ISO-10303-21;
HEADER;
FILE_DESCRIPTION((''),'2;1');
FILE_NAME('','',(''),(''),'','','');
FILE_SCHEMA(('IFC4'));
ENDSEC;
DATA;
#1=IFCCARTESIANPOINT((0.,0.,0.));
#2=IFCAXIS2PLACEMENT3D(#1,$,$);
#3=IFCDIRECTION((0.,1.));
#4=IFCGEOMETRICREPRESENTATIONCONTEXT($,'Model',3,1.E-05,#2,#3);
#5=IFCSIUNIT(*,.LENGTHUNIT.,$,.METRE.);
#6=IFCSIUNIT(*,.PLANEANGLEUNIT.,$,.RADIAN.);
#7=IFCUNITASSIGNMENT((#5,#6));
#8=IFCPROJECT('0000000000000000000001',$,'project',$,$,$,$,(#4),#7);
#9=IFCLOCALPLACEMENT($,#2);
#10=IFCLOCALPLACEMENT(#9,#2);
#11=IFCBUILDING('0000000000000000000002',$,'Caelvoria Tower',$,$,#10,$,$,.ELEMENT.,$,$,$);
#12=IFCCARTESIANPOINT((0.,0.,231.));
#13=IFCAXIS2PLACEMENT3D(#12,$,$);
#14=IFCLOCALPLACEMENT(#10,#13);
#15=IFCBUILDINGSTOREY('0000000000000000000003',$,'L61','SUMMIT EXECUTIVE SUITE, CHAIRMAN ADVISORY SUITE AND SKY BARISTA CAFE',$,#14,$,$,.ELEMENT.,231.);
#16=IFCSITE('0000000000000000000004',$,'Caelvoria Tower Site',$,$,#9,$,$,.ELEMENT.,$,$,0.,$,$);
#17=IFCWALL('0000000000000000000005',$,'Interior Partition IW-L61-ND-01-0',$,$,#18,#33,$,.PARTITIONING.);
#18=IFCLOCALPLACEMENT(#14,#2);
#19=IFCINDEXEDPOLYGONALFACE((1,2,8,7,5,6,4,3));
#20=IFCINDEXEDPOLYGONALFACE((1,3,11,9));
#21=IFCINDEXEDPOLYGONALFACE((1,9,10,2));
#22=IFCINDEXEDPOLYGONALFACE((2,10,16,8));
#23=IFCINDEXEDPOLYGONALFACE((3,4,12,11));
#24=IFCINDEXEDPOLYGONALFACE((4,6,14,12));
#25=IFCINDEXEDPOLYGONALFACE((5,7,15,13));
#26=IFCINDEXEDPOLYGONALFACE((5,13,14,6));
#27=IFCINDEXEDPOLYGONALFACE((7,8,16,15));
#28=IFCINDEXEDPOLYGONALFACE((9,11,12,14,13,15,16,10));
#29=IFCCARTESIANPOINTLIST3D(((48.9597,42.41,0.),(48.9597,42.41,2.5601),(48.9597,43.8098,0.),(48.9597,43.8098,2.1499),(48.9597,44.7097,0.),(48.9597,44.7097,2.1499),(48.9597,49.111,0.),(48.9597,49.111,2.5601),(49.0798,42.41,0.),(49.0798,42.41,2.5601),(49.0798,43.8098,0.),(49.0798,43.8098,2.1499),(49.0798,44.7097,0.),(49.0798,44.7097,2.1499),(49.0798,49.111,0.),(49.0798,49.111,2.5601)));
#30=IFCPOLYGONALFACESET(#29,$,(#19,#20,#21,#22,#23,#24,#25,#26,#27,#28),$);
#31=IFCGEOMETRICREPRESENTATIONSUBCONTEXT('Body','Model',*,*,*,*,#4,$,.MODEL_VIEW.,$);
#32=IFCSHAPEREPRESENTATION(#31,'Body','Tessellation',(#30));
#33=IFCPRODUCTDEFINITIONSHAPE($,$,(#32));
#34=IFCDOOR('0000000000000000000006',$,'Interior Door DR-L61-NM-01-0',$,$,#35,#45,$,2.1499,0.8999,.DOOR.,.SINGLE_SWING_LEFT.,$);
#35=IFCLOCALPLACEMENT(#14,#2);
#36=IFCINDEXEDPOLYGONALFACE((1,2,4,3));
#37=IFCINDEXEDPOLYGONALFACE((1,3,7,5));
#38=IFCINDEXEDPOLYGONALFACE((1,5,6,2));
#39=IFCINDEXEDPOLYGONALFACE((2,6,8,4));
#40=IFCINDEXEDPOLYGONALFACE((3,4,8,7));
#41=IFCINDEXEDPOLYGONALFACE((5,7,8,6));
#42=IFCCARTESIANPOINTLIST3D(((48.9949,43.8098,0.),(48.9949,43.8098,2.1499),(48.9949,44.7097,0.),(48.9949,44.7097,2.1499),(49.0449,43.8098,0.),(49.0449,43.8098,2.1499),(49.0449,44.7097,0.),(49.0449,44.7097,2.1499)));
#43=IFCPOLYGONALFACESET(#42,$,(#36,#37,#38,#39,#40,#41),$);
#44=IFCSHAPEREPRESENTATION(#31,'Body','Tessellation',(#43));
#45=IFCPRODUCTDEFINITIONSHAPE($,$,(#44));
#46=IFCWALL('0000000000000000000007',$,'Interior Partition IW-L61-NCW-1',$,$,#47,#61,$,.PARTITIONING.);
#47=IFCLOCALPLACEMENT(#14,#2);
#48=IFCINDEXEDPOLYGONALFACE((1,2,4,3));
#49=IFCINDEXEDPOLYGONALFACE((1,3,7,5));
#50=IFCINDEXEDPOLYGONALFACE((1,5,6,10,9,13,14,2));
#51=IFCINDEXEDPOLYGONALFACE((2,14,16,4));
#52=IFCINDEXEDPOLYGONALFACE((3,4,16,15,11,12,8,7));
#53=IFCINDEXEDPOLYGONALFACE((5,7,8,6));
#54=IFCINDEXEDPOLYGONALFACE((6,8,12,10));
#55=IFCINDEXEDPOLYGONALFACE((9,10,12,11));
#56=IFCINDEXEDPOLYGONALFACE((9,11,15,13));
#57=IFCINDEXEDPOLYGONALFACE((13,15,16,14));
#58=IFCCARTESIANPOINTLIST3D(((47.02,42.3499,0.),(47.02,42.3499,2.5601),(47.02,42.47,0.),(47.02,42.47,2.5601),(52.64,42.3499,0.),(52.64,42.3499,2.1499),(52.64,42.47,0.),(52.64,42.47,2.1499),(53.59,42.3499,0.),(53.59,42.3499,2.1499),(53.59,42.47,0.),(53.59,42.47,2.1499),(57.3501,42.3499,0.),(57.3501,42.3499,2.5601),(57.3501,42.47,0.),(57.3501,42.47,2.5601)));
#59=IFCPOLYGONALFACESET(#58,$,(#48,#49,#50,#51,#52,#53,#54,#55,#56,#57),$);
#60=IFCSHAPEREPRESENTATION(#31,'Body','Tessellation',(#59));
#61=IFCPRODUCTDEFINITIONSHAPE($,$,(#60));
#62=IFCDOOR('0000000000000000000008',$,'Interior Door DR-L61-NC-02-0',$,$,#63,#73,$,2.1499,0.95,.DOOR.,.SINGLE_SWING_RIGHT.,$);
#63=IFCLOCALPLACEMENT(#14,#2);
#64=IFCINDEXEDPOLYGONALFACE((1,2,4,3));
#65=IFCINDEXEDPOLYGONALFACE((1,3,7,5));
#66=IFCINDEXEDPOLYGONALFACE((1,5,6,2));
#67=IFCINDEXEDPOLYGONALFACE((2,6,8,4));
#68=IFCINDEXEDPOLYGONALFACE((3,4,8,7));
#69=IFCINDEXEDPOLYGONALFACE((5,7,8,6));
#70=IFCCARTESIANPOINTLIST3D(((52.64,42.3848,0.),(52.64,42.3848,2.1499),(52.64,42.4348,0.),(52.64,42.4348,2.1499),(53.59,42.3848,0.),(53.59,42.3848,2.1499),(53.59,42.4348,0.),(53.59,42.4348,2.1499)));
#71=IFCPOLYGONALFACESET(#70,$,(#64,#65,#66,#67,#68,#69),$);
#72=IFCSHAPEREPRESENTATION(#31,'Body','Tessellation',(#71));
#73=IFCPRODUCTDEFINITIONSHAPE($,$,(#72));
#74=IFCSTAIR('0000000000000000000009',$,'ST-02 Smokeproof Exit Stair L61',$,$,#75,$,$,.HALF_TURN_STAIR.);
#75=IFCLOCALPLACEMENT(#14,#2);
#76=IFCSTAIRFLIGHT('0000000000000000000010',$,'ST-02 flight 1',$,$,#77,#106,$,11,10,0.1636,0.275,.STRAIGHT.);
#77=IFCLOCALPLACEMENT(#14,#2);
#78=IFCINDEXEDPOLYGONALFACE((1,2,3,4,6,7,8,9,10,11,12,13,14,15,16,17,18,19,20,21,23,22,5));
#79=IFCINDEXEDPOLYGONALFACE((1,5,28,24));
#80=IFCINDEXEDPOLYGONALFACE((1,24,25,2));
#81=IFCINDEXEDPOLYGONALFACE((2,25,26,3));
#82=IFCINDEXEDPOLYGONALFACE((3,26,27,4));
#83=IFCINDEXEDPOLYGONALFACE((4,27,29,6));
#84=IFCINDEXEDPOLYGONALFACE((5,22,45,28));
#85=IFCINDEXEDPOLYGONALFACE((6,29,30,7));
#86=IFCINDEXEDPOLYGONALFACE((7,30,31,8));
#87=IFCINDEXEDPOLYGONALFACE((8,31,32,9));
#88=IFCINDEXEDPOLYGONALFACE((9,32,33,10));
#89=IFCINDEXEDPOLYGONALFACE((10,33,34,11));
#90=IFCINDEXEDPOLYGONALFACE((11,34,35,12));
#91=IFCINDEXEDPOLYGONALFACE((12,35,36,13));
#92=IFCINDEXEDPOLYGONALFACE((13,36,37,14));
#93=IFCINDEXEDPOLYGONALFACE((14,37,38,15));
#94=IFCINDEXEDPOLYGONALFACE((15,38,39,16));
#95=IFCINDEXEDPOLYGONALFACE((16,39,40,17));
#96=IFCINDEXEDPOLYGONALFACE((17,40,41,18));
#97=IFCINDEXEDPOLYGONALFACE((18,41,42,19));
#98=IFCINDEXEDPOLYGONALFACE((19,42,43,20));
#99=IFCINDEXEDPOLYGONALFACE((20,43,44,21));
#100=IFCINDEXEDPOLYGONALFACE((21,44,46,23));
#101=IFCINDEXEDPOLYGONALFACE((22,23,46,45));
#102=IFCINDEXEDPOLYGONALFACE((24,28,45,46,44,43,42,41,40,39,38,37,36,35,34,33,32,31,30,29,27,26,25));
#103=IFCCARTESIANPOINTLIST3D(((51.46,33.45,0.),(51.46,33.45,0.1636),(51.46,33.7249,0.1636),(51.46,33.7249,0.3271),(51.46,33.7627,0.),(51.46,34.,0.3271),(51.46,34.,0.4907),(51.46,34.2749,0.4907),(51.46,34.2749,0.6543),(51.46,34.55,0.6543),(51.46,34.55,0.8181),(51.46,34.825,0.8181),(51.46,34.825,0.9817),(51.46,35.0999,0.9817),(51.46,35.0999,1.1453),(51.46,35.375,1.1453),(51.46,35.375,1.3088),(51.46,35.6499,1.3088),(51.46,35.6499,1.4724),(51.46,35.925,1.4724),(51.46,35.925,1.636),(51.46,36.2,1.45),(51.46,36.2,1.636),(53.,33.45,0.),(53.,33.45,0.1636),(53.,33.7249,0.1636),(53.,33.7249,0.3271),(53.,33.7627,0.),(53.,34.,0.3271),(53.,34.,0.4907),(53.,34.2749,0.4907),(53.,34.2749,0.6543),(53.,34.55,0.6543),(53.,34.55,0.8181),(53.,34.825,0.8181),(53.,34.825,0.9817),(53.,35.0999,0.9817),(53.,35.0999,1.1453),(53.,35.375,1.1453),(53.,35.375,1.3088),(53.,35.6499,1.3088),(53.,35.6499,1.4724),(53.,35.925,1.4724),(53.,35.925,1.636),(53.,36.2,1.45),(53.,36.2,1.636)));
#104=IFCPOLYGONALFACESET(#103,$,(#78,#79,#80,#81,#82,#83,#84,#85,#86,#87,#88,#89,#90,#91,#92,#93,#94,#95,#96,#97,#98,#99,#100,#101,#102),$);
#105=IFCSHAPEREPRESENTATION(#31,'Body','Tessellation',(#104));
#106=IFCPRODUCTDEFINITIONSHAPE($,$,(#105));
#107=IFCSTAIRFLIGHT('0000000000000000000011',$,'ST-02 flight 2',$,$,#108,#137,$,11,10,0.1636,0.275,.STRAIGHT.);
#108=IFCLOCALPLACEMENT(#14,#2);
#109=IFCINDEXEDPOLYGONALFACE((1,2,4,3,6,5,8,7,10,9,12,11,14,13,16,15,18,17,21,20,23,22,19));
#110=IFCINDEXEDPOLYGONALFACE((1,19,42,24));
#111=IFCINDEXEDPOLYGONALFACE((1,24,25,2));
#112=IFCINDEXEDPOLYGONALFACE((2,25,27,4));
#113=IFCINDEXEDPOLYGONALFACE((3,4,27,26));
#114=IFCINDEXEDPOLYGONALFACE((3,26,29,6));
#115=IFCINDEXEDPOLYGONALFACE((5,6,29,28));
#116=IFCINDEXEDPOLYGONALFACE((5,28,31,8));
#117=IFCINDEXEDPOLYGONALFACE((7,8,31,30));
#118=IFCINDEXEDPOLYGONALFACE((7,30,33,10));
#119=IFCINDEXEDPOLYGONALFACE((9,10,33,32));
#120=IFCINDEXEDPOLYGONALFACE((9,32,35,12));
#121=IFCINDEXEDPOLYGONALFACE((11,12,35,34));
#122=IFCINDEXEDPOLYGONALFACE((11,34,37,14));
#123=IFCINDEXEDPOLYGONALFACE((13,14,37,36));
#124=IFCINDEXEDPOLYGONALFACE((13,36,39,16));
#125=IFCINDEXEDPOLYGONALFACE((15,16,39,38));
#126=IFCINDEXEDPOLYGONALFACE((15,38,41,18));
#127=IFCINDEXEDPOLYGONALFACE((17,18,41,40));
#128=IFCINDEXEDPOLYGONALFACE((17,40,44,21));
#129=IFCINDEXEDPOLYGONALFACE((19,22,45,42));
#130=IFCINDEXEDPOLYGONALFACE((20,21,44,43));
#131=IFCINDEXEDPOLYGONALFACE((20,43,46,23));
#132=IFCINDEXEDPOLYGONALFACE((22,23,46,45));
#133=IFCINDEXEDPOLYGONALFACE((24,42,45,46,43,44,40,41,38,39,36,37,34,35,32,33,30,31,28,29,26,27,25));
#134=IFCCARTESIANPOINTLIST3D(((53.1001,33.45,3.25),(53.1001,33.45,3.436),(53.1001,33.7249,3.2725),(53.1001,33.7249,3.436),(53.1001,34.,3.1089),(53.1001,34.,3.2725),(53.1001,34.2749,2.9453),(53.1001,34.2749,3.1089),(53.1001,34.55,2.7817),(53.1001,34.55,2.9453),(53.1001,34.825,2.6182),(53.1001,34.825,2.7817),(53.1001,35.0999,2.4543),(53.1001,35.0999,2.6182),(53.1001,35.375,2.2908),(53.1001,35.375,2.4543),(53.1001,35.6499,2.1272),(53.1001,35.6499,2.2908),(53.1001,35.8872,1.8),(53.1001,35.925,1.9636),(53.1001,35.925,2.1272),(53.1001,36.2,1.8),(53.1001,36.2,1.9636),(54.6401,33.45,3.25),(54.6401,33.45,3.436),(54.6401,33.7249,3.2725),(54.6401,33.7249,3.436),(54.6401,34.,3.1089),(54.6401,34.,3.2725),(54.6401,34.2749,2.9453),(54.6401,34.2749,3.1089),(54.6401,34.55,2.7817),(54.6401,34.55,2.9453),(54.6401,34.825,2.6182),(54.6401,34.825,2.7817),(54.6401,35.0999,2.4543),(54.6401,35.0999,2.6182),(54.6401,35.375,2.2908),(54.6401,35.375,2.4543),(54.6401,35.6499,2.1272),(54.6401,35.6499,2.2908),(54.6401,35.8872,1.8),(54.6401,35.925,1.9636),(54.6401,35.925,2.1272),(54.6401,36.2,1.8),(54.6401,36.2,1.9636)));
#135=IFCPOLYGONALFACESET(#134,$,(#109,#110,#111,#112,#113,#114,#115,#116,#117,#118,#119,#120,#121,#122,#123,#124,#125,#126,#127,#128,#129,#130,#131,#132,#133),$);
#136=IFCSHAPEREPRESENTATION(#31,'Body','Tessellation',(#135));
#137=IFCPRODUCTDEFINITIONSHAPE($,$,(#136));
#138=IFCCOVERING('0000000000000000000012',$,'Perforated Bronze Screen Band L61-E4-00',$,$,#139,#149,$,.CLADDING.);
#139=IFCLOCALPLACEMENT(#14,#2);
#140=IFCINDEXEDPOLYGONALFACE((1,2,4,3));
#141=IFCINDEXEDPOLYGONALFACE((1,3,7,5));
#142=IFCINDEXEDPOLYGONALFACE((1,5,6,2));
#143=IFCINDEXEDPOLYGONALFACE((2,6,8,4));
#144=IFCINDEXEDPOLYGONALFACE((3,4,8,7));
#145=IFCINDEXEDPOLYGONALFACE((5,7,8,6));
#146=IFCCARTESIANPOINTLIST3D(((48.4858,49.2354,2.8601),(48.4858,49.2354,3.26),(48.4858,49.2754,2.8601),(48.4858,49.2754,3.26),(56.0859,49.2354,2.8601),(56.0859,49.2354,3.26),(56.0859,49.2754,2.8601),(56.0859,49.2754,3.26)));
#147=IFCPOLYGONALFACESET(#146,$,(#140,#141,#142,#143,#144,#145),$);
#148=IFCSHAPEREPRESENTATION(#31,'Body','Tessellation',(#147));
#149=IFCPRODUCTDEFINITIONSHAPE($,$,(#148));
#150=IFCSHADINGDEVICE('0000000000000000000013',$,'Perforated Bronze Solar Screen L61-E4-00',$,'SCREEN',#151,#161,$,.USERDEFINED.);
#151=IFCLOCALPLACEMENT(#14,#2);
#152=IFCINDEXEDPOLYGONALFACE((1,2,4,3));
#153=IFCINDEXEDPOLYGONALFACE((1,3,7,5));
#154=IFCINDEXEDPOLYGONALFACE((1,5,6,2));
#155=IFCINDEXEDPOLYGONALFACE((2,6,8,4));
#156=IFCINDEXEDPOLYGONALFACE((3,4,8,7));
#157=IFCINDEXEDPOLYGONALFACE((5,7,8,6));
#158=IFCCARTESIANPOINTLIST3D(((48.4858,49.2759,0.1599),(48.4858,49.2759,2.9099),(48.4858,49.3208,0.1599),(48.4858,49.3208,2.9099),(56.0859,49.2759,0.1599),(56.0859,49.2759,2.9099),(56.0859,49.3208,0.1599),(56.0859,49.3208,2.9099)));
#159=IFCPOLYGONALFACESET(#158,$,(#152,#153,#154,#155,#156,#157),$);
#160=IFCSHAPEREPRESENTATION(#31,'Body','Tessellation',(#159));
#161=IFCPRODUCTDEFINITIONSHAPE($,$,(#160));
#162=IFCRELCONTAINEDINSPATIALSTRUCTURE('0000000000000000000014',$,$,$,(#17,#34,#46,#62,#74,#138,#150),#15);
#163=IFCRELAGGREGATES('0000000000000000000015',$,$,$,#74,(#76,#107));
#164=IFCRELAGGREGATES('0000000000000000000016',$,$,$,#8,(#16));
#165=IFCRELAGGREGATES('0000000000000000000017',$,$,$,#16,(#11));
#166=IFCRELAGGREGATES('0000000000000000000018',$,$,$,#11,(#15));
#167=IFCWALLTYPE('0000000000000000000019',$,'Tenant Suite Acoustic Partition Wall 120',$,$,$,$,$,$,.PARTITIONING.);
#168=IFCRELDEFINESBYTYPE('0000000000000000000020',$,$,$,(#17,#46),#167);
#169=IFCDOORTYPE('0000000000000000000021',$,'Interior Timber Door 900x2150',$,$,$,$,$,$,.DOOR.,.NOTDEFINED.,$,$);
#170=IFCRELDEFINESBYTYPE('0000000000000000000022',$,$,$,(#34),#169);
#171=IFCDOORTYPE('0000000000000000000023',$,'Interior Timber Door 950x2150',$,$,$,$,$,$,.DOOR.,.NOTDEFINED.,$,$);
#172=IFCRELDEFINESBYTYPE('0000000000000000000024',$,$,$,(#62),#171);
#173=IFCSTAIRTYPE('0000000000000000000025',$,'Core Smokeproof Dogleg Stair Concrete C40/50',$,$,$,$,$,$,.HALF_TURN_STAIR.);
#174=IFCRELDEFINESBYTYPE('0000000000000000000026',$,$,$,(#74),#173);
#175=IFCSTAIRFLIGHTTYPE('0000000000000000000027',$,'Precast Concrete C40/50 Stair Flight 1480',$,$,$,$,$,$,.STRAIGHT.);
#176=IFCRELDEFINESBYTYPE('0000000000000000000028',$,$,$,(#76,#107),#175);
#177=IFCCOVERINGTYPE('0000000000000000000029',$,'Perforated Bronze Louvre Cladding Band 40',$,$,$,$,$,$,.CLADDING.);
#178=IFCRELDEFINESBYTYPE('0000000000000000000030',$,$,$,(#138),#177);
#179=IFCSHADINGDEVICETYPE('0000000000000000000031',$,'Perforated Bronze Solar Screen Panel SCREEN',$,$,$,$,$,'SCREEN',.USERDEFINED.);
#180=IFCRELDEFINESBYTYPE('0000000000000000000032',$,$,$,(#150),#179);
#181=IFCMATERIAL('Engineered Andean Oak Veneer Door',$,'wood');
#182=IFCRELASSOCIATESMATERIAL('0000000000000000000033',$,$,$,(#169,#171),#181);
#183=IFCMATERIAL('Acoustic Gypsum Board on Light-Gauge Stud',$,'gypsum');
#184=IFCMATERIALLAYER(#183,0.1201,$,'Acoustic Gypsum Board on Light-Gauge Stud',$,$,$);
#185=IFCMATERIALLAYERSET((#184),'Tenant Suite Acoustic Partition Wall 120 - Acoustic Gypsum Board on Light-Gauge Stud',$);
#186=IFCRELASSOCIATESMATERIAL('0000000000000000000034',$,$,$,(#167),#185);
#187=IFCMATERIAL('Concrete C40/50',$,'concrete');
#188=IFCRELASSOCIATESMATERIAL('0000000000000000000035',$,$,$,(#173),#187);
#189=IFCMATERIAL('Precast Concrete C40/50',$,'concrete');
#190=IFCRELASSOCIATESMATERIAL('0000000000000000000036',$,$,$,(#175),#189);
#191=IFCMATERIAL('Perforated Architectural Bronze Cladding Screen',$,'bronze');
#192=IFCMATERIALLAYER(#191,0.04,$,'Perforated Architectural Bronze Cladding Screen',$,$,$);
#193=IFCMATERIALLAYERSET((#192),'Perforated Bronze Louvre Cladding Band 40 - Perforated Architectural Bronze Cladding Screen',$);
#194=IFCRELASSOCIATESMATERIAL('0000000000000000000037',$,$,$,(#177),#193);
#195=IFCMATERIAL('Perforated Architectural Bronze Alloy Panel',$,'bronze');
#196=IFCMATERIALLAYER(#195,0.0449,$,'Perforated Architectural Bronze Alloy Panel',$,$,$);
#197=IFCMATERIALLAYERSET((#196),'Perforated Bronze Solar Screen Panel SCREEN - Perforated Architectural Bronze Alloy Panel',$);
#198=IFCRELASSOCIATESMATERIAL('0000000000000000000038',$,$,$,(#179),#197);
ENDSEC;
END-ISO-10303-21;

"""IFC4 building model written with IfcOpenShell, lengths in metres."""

from ifc_helpers import new_model, si_unit, direction, frame, frame_2d, origin, origin_2d, place, context, subcontext, project, spatial, polyline, rectangle, outline, extrude, material, layer, layer_set, type_object, element, fill, aggregate, save


model = new_model("IFC4")

# Units and contexts
model_context = context("Model", 3, precision=1e-05, world=origin(), true_north=direction((0.0, 1.0)))
body_context = subcontext(model_context, "Body", "Model", "MODEL_VIEW")
ifc_project = project(units=[si_unit("LENGTHUNIT", "METRE"), si_unit("PLANEANGLEUNIT", "RADIAN")], contexts=[model_context])

# Site, building, storey
site_placement = place(None, origin())
site = spatial("IfcSite", under=ifc_project, at=site_placement, Name="Caelvoria Tower Site", CompositionType="ELEMENT", RefElevation=0.0)
building_placement = place(site_placement, origin())
building = spatial("IfcBuilding", under=site, at=building_placement, Name="Caelvoria Tower", CompositionType="ELEMENT")
storey_placement = place(building_placement, frame((0.0, 0.0, 231.0)))
storey = spatial("IfcBuildingStorey", under=building, at=storey_placement, Name="L61", Description="SUMMIT EXECUTIVE SUITE, CHAIRMAN ADVISORY SUITE AND SKY BARISTA CAFE", CompositionType="ELEMENT", Elevation=231.0)

# Walls, openings, doors
ifc_material_1 = material(Name="Engineered Andean Oak Veneer Door", Category="wood")
door_type_1 = type_object("IfcDoorType", Name="Interior Timber Door 900x2150", OperationType="NOTDEFINED", PredefinedType="DOOR", material=ifc_material_1)
ifc_material_2 = material(Name="Acoustic Gypsum Board on Light-Gauge Stud", Category="gypsum")
ifc_layer_1 = layer(ifc_material_2, 0.1201, Name="Acoustic Gypsum Board on Light-Gauge Stud")
ifc_layer_set_1 = layer_set([ifc_layer_1], Name="Tenant Suite Acoustic Partition Wall 120 - Acoustic Gypsum Board on Light-Gauge Stud")
wall_type_1 = type_object("IfcWallType", Name="Tenant Suite Acoustic Partition Wall 120", PredefinedType="PARTITIONING", material=ifc_layer_set_1)
wall_1_placement = place(storey_placement, frame((49.0198, 42.4099, 0.0), z_axis=(0.0, 0.0, 1.0), x_axis=(0.0, 1.0, 0.0)))
wall_1 = element("IfcWall", 1, at=wall_1_placement, inside=storey, type_object=wall_type_1, Name="Interior Partition IW-L61-ND-01-0", PredefinedType="PARTITIONING", context=body_context, shape_type="SweptSolid", body=[
    extrude(rectangle(XDim=6.7009, YDim=0.1201, at=frame_2d((3.3506, 0.0))), origin(), (0.0, 0.0, 1.0), 2.5601),
])
opening_1_placement = place(wall_1_placement, frame((1.3999, 0.0, 0.0)))
opening_1 = element("IfcOpeningElement", 2, at=opening_1_placement, cuts=wall_1, PredefinedType="OPENING", context=body_context, shape_type="SweptSolid", body=[
    extrude(rectangle(XDim=0.8999, YDim=2.1499, at=frame_2d((0.45, 1.075))), frame((0.0, 0.0701, 0.0), z_axis=(0.0, -1.0, 0.0), x_axis=(1.0, 0.0, 0.0)), (0.0, 0.0, 1.0), 0.1401),
])
door_1_placement = place(opening_1_placement, origin())
door_1 = element("IfcDoor", 3, at=door_1_placement, inside=storey, type_object=door_type_1, Name="Interior Door DR-L61-NM-01-0", OperationType="SINGLE_SWING_LEFT", OverallHeight=2.1499, OverallWidth=0.8999, PredefinedType="DOOR", context=body_context, shape_type="SweptSolid", body=[
    extrude(rectangle(XDim=0.8999, YDim=2.1499, at=frame_2d((0.45, 1.075))), frame((0.0, 0.0249, 0.0), z_axis=(0.0, -1.0, 0.0), x_axis=(1.0, 0.0, 0.0)), (0.0, 0.0, 1.0), 0.05),
])
fill(opening_1, door_1)
wall_2_placement = place(storey_placement, frame((47.02, 42.4099, 0.0), z_axis=(0.0, 0.0, 1.0), x_axis=(1.0, 0.0, 0.0)))
wall_2 = element("IfcWall", 4, at=wall_2_placement, inside=storey, type_object=wall_type_1, Name="Interior Partition IW-L61-NCW-1", PredefinedType="PARTITIONING", context=body_context, shape_type="SweptSolid", body=[
    extrude(rectangle(XDim=10.3301, YDim=0.1201, at=frame_2d((5.165, 0.0))), origin(), (0.0, 0.0, 1.0), 2.5601),
])
opening_2_placement = place(wall_2_placement, frame((5.6199, 0.0, 0.0)))
opening_2 = element("IfcOpeningElement", 5, at=opening_2_placement, cuts=wall_2, PredefinedType="OPENING", context=body_context, shape_type="SweptSolid", body=[
    extrude(rectangle(XDim=0.95, YDim=2.1499, at=frame_2d((0.4751, 1.075))), frame((0.0, 0.0701, 0.0), z_axis=(0.0, -1.0, 0.0), x_axis=(1.0, 0.0, 0.0)), (0.0, 0.0, 1.0), 0.1401),
])
door_type_2 = type_object("IfcDoorType", Name="Interior Timber Door 950x2150", OperationType="NOTDEFINED", PredefinedType="DOOR", material=ifc_material_1)
door_2_placement = place(opening_2_placement, origin())
door_2 = element("IfcDoor", 6, at=door_2_placement, inside=storey, type_object=door_type_2, Name="Interior Door DR-L61-NC-02-0", OperationType="SINGLE_SWING_RIGHT", OverallHeight=2.1499, OverallWidth=0.95, PredefinedType="DOOR", context=body_context, shape_type="SweptSolid", body=[
    extrude(rectangle(XDim=0.95, YDim=2.1499, at=frame_2d((0.4751, 1.075))), frame((0.0, 0.0249, 0.0), z_axis=(0.0, -1.0, 0.0), x_axis=(1.0, 0.0, 0.0)), (0.0, 0.0, 1.0), 0.05),
])
fill(opening_2, door_2)

# Stair, stair flights
ifc_material_3 = material(Name="Concrete C40/50", Category="concrete")
stair_type = type_object("IfcStairType", Name="Core Smokeproof Dogleg Stair Concrete C40/50", PredefinedType="HALF_TURN_STAIR", material=ifc_material_3)
stair_placement = place(storey_placement, origin())
stair = element("IfcStair", 7, at=stair_placement, inside=storey, type_object=stair_type, Name="ST-02 Smokeproof Exit Stair L61", PredefinedType="HALF_TURN_STAIR")
ifc_material_4 = material(Name="Precast Concrete C40/50", Category="concrete")
stair_flight_type = type_object("IfcStairFlightType", Name="Precast Concrete C40/50 Stair Flight 1480", PredefinedType="STRAIGHT", material=ifc_material_4)
stair_flight_1_placement = place(storey_placement, frame((52.23, 33.45, 0.0), z_axis=(0.0, 0.0, 1.0), x_axis=(0.0, 1.0, 0.0)))
stair_flight_1 = element("IfcStairFlight", 8, at=stair_flight_1_placement, type_object=stair_flight_type, Name="ST-02 flight 1", NumberOfRisers=11, NumberOfTreads=10, PredefinedType="STRAIGHT", RiserHeight=0.1636, TreadLength=0.275, context=body_context, shape_type="SweptSolid", body=[
    extrude(outline(polyline([(0.0, 0.0), (0.0, 0.1636), (0.2749, 0.1636), (0.2749, 0.3271), (0.55, 0.3271), (0.55, 0.4907), (0.825, 0.4907), (0.825, 0.6543), (1.1001, 0.6543), (1.1001, 0.8181), (1.375, 0.8181), (1.375, 0.9817), (1.6499, 0.9817), (1.6499, 1.1453), (1.925, 1.1453), (1.925, 1.3088), (2.2, 1.3088), (2.2, 1.4724), (2.4751, 1.4724), (2.4751, 1.636), (2.75, 1.636), (2.75, 1.7996), (2.75, 1.45), (0.3127, 0.0), (0.0, 0.0)])), frame((0.0, 0.77, 0.0), z_axis=(0.0, -1.0, 0.0), x_axis=(1.0, 0.0, 0.0)), (0.0, 0.0, 1.0), 1.54),
])
stair_flight_2_placement = place(storey_placement, frame((53.8701, 36.2, 1.8), z_axis=(0.0, 0.0, 1.0), x_axis=(0.0, -1.0, 0.0)))
stair_flight_2 = element("IfcStairFlight", 9, at=stair_flight_2_placement, type_object=stair_flight_type, Name="ST-02 flight 2", NumberOfRisers=11, NumberOfTreads=10, PredefinedType="STRAIGHT", RiserHeight=0.1636, TreadLength=0.275, context=body_context, shape_type="SweptSolid", body=[
    extrude(outline(polyline([(0.0, 0.0), (0.0, 0.1636), (0.2749, 0.1636), (0.2749, 0.3271), (0.55, 0.3271), (0.55, 0.4907), (0.825, 0.4907), (0.825, 0.6543), (1.1001, 0.6543), (1.1001, 0.8181), (1.375, 0.8181), (1.375, 0.9817), (1.6499, 0.9817), (1.6499, 1.1453), (1.925, 1.1453), (1.925, 1.3088), (2.2, 1.3088), (2.2, 1.4724), (2.4751, 1.4724), (2.4751, 1.636), (2.75, 1.636), (2.75, 1.7996), (2.75, 1.45), (0.3127, 0.0), (0.0, 0.0)])), frame((0.0, 0.77, 0.0), z_axis=(0.0, -1.0, 0.0), x_axis=(1.0, 0.0, 0.0)), (0.0, 0.0, 1.0), 1.54),
])
aggregate(stair, [stair_flight_1, stair_flight_2])

# Covering
ifc_material_5 = material(Name="Perforated Architectural Bronze Cladding Screen", Category="bronze")
ifc_layer_2 = layer(ifc_material_5, 0.04, Name="Perforated Architectural Bronze Cladding Screen")
ifc_layer_set_2 = layer_set([ifc_layer_2], Name="Perforated Bronze Louvre Cladding Band 40 - Perforated Architectural Bronze Cladding Screen")
covering_type = type_object("IfcCoveringType", Name="Perforated Bronze Louvre Cladding Band 40", PredefinedType="CLADDING", material=ifc_layer_set_2)
covering_placement = place(storey_placement, frame((52.2859, 49.2554, 2.8601), z_axis=(0.0, 0.0, 1.0), x_axis=(-1.0, 0.0, 0.0)))
element("IfcCovering", 10, at=covering_placement, inside=storey, type_object=covering_type, Name="Perforated Bronze Screen Band L61-E4-00", PredefinedType="CLADDING", context=body_context, shape_type="SweptSolid", body=[
    extrude(rectangle(XDim=7.6001, YDim=0.04, at=origin_2d()), origin(), (0.0, 0.0, 1.0), 0.3999),
])

# Shading device
ifc_material_6 = material(Name="Perforated Architectural Bronze Alloy Panel", Category="bronze")
ifc_layer_3 = layer(ifc_material_6, 0.0449, Name="Perforated Architectural Bronze Alloy Panel")
ifc_layer_set_3 = layer_set([ifc_layer_3], Name="Perforated Bronze Solar Screen Panel SCREEN - Perforated Architectural Bronze Alloy Panel")
shading_device_type = type_object("IfcShadingDeviceType", Name="Perforated Bronze Solar Screen Panel SCREEN", ElementType="SCREEN", PredefinedType="USERDEFINED", material=ifc_layer_set_3)
shading_device_placement = place(storey_placement, frame((52.2859, 49.2983, 0.1599), z_axis=(0.0, 0.0, 1.0), x_axis=(-1.0, 0.0, 0.0)))
element("IfcShadingDevice", 11, at=shading_device_placement, inside=storey, type_object=shading_device_type, Name="Perforated Bronze Solar Screen L61-E4-00", ObjectType="SCREEN", PredefinedType="USERDEFINED", context=body_context, shape_type="SweptSolid", body=[
    extrude(rectangle(XDim=7.6001, YDim=0.0449, at=origin_2d()), origin(), (0.0, 0.0, 1.0), 2.75),
])

save(model, "model.ifc")
